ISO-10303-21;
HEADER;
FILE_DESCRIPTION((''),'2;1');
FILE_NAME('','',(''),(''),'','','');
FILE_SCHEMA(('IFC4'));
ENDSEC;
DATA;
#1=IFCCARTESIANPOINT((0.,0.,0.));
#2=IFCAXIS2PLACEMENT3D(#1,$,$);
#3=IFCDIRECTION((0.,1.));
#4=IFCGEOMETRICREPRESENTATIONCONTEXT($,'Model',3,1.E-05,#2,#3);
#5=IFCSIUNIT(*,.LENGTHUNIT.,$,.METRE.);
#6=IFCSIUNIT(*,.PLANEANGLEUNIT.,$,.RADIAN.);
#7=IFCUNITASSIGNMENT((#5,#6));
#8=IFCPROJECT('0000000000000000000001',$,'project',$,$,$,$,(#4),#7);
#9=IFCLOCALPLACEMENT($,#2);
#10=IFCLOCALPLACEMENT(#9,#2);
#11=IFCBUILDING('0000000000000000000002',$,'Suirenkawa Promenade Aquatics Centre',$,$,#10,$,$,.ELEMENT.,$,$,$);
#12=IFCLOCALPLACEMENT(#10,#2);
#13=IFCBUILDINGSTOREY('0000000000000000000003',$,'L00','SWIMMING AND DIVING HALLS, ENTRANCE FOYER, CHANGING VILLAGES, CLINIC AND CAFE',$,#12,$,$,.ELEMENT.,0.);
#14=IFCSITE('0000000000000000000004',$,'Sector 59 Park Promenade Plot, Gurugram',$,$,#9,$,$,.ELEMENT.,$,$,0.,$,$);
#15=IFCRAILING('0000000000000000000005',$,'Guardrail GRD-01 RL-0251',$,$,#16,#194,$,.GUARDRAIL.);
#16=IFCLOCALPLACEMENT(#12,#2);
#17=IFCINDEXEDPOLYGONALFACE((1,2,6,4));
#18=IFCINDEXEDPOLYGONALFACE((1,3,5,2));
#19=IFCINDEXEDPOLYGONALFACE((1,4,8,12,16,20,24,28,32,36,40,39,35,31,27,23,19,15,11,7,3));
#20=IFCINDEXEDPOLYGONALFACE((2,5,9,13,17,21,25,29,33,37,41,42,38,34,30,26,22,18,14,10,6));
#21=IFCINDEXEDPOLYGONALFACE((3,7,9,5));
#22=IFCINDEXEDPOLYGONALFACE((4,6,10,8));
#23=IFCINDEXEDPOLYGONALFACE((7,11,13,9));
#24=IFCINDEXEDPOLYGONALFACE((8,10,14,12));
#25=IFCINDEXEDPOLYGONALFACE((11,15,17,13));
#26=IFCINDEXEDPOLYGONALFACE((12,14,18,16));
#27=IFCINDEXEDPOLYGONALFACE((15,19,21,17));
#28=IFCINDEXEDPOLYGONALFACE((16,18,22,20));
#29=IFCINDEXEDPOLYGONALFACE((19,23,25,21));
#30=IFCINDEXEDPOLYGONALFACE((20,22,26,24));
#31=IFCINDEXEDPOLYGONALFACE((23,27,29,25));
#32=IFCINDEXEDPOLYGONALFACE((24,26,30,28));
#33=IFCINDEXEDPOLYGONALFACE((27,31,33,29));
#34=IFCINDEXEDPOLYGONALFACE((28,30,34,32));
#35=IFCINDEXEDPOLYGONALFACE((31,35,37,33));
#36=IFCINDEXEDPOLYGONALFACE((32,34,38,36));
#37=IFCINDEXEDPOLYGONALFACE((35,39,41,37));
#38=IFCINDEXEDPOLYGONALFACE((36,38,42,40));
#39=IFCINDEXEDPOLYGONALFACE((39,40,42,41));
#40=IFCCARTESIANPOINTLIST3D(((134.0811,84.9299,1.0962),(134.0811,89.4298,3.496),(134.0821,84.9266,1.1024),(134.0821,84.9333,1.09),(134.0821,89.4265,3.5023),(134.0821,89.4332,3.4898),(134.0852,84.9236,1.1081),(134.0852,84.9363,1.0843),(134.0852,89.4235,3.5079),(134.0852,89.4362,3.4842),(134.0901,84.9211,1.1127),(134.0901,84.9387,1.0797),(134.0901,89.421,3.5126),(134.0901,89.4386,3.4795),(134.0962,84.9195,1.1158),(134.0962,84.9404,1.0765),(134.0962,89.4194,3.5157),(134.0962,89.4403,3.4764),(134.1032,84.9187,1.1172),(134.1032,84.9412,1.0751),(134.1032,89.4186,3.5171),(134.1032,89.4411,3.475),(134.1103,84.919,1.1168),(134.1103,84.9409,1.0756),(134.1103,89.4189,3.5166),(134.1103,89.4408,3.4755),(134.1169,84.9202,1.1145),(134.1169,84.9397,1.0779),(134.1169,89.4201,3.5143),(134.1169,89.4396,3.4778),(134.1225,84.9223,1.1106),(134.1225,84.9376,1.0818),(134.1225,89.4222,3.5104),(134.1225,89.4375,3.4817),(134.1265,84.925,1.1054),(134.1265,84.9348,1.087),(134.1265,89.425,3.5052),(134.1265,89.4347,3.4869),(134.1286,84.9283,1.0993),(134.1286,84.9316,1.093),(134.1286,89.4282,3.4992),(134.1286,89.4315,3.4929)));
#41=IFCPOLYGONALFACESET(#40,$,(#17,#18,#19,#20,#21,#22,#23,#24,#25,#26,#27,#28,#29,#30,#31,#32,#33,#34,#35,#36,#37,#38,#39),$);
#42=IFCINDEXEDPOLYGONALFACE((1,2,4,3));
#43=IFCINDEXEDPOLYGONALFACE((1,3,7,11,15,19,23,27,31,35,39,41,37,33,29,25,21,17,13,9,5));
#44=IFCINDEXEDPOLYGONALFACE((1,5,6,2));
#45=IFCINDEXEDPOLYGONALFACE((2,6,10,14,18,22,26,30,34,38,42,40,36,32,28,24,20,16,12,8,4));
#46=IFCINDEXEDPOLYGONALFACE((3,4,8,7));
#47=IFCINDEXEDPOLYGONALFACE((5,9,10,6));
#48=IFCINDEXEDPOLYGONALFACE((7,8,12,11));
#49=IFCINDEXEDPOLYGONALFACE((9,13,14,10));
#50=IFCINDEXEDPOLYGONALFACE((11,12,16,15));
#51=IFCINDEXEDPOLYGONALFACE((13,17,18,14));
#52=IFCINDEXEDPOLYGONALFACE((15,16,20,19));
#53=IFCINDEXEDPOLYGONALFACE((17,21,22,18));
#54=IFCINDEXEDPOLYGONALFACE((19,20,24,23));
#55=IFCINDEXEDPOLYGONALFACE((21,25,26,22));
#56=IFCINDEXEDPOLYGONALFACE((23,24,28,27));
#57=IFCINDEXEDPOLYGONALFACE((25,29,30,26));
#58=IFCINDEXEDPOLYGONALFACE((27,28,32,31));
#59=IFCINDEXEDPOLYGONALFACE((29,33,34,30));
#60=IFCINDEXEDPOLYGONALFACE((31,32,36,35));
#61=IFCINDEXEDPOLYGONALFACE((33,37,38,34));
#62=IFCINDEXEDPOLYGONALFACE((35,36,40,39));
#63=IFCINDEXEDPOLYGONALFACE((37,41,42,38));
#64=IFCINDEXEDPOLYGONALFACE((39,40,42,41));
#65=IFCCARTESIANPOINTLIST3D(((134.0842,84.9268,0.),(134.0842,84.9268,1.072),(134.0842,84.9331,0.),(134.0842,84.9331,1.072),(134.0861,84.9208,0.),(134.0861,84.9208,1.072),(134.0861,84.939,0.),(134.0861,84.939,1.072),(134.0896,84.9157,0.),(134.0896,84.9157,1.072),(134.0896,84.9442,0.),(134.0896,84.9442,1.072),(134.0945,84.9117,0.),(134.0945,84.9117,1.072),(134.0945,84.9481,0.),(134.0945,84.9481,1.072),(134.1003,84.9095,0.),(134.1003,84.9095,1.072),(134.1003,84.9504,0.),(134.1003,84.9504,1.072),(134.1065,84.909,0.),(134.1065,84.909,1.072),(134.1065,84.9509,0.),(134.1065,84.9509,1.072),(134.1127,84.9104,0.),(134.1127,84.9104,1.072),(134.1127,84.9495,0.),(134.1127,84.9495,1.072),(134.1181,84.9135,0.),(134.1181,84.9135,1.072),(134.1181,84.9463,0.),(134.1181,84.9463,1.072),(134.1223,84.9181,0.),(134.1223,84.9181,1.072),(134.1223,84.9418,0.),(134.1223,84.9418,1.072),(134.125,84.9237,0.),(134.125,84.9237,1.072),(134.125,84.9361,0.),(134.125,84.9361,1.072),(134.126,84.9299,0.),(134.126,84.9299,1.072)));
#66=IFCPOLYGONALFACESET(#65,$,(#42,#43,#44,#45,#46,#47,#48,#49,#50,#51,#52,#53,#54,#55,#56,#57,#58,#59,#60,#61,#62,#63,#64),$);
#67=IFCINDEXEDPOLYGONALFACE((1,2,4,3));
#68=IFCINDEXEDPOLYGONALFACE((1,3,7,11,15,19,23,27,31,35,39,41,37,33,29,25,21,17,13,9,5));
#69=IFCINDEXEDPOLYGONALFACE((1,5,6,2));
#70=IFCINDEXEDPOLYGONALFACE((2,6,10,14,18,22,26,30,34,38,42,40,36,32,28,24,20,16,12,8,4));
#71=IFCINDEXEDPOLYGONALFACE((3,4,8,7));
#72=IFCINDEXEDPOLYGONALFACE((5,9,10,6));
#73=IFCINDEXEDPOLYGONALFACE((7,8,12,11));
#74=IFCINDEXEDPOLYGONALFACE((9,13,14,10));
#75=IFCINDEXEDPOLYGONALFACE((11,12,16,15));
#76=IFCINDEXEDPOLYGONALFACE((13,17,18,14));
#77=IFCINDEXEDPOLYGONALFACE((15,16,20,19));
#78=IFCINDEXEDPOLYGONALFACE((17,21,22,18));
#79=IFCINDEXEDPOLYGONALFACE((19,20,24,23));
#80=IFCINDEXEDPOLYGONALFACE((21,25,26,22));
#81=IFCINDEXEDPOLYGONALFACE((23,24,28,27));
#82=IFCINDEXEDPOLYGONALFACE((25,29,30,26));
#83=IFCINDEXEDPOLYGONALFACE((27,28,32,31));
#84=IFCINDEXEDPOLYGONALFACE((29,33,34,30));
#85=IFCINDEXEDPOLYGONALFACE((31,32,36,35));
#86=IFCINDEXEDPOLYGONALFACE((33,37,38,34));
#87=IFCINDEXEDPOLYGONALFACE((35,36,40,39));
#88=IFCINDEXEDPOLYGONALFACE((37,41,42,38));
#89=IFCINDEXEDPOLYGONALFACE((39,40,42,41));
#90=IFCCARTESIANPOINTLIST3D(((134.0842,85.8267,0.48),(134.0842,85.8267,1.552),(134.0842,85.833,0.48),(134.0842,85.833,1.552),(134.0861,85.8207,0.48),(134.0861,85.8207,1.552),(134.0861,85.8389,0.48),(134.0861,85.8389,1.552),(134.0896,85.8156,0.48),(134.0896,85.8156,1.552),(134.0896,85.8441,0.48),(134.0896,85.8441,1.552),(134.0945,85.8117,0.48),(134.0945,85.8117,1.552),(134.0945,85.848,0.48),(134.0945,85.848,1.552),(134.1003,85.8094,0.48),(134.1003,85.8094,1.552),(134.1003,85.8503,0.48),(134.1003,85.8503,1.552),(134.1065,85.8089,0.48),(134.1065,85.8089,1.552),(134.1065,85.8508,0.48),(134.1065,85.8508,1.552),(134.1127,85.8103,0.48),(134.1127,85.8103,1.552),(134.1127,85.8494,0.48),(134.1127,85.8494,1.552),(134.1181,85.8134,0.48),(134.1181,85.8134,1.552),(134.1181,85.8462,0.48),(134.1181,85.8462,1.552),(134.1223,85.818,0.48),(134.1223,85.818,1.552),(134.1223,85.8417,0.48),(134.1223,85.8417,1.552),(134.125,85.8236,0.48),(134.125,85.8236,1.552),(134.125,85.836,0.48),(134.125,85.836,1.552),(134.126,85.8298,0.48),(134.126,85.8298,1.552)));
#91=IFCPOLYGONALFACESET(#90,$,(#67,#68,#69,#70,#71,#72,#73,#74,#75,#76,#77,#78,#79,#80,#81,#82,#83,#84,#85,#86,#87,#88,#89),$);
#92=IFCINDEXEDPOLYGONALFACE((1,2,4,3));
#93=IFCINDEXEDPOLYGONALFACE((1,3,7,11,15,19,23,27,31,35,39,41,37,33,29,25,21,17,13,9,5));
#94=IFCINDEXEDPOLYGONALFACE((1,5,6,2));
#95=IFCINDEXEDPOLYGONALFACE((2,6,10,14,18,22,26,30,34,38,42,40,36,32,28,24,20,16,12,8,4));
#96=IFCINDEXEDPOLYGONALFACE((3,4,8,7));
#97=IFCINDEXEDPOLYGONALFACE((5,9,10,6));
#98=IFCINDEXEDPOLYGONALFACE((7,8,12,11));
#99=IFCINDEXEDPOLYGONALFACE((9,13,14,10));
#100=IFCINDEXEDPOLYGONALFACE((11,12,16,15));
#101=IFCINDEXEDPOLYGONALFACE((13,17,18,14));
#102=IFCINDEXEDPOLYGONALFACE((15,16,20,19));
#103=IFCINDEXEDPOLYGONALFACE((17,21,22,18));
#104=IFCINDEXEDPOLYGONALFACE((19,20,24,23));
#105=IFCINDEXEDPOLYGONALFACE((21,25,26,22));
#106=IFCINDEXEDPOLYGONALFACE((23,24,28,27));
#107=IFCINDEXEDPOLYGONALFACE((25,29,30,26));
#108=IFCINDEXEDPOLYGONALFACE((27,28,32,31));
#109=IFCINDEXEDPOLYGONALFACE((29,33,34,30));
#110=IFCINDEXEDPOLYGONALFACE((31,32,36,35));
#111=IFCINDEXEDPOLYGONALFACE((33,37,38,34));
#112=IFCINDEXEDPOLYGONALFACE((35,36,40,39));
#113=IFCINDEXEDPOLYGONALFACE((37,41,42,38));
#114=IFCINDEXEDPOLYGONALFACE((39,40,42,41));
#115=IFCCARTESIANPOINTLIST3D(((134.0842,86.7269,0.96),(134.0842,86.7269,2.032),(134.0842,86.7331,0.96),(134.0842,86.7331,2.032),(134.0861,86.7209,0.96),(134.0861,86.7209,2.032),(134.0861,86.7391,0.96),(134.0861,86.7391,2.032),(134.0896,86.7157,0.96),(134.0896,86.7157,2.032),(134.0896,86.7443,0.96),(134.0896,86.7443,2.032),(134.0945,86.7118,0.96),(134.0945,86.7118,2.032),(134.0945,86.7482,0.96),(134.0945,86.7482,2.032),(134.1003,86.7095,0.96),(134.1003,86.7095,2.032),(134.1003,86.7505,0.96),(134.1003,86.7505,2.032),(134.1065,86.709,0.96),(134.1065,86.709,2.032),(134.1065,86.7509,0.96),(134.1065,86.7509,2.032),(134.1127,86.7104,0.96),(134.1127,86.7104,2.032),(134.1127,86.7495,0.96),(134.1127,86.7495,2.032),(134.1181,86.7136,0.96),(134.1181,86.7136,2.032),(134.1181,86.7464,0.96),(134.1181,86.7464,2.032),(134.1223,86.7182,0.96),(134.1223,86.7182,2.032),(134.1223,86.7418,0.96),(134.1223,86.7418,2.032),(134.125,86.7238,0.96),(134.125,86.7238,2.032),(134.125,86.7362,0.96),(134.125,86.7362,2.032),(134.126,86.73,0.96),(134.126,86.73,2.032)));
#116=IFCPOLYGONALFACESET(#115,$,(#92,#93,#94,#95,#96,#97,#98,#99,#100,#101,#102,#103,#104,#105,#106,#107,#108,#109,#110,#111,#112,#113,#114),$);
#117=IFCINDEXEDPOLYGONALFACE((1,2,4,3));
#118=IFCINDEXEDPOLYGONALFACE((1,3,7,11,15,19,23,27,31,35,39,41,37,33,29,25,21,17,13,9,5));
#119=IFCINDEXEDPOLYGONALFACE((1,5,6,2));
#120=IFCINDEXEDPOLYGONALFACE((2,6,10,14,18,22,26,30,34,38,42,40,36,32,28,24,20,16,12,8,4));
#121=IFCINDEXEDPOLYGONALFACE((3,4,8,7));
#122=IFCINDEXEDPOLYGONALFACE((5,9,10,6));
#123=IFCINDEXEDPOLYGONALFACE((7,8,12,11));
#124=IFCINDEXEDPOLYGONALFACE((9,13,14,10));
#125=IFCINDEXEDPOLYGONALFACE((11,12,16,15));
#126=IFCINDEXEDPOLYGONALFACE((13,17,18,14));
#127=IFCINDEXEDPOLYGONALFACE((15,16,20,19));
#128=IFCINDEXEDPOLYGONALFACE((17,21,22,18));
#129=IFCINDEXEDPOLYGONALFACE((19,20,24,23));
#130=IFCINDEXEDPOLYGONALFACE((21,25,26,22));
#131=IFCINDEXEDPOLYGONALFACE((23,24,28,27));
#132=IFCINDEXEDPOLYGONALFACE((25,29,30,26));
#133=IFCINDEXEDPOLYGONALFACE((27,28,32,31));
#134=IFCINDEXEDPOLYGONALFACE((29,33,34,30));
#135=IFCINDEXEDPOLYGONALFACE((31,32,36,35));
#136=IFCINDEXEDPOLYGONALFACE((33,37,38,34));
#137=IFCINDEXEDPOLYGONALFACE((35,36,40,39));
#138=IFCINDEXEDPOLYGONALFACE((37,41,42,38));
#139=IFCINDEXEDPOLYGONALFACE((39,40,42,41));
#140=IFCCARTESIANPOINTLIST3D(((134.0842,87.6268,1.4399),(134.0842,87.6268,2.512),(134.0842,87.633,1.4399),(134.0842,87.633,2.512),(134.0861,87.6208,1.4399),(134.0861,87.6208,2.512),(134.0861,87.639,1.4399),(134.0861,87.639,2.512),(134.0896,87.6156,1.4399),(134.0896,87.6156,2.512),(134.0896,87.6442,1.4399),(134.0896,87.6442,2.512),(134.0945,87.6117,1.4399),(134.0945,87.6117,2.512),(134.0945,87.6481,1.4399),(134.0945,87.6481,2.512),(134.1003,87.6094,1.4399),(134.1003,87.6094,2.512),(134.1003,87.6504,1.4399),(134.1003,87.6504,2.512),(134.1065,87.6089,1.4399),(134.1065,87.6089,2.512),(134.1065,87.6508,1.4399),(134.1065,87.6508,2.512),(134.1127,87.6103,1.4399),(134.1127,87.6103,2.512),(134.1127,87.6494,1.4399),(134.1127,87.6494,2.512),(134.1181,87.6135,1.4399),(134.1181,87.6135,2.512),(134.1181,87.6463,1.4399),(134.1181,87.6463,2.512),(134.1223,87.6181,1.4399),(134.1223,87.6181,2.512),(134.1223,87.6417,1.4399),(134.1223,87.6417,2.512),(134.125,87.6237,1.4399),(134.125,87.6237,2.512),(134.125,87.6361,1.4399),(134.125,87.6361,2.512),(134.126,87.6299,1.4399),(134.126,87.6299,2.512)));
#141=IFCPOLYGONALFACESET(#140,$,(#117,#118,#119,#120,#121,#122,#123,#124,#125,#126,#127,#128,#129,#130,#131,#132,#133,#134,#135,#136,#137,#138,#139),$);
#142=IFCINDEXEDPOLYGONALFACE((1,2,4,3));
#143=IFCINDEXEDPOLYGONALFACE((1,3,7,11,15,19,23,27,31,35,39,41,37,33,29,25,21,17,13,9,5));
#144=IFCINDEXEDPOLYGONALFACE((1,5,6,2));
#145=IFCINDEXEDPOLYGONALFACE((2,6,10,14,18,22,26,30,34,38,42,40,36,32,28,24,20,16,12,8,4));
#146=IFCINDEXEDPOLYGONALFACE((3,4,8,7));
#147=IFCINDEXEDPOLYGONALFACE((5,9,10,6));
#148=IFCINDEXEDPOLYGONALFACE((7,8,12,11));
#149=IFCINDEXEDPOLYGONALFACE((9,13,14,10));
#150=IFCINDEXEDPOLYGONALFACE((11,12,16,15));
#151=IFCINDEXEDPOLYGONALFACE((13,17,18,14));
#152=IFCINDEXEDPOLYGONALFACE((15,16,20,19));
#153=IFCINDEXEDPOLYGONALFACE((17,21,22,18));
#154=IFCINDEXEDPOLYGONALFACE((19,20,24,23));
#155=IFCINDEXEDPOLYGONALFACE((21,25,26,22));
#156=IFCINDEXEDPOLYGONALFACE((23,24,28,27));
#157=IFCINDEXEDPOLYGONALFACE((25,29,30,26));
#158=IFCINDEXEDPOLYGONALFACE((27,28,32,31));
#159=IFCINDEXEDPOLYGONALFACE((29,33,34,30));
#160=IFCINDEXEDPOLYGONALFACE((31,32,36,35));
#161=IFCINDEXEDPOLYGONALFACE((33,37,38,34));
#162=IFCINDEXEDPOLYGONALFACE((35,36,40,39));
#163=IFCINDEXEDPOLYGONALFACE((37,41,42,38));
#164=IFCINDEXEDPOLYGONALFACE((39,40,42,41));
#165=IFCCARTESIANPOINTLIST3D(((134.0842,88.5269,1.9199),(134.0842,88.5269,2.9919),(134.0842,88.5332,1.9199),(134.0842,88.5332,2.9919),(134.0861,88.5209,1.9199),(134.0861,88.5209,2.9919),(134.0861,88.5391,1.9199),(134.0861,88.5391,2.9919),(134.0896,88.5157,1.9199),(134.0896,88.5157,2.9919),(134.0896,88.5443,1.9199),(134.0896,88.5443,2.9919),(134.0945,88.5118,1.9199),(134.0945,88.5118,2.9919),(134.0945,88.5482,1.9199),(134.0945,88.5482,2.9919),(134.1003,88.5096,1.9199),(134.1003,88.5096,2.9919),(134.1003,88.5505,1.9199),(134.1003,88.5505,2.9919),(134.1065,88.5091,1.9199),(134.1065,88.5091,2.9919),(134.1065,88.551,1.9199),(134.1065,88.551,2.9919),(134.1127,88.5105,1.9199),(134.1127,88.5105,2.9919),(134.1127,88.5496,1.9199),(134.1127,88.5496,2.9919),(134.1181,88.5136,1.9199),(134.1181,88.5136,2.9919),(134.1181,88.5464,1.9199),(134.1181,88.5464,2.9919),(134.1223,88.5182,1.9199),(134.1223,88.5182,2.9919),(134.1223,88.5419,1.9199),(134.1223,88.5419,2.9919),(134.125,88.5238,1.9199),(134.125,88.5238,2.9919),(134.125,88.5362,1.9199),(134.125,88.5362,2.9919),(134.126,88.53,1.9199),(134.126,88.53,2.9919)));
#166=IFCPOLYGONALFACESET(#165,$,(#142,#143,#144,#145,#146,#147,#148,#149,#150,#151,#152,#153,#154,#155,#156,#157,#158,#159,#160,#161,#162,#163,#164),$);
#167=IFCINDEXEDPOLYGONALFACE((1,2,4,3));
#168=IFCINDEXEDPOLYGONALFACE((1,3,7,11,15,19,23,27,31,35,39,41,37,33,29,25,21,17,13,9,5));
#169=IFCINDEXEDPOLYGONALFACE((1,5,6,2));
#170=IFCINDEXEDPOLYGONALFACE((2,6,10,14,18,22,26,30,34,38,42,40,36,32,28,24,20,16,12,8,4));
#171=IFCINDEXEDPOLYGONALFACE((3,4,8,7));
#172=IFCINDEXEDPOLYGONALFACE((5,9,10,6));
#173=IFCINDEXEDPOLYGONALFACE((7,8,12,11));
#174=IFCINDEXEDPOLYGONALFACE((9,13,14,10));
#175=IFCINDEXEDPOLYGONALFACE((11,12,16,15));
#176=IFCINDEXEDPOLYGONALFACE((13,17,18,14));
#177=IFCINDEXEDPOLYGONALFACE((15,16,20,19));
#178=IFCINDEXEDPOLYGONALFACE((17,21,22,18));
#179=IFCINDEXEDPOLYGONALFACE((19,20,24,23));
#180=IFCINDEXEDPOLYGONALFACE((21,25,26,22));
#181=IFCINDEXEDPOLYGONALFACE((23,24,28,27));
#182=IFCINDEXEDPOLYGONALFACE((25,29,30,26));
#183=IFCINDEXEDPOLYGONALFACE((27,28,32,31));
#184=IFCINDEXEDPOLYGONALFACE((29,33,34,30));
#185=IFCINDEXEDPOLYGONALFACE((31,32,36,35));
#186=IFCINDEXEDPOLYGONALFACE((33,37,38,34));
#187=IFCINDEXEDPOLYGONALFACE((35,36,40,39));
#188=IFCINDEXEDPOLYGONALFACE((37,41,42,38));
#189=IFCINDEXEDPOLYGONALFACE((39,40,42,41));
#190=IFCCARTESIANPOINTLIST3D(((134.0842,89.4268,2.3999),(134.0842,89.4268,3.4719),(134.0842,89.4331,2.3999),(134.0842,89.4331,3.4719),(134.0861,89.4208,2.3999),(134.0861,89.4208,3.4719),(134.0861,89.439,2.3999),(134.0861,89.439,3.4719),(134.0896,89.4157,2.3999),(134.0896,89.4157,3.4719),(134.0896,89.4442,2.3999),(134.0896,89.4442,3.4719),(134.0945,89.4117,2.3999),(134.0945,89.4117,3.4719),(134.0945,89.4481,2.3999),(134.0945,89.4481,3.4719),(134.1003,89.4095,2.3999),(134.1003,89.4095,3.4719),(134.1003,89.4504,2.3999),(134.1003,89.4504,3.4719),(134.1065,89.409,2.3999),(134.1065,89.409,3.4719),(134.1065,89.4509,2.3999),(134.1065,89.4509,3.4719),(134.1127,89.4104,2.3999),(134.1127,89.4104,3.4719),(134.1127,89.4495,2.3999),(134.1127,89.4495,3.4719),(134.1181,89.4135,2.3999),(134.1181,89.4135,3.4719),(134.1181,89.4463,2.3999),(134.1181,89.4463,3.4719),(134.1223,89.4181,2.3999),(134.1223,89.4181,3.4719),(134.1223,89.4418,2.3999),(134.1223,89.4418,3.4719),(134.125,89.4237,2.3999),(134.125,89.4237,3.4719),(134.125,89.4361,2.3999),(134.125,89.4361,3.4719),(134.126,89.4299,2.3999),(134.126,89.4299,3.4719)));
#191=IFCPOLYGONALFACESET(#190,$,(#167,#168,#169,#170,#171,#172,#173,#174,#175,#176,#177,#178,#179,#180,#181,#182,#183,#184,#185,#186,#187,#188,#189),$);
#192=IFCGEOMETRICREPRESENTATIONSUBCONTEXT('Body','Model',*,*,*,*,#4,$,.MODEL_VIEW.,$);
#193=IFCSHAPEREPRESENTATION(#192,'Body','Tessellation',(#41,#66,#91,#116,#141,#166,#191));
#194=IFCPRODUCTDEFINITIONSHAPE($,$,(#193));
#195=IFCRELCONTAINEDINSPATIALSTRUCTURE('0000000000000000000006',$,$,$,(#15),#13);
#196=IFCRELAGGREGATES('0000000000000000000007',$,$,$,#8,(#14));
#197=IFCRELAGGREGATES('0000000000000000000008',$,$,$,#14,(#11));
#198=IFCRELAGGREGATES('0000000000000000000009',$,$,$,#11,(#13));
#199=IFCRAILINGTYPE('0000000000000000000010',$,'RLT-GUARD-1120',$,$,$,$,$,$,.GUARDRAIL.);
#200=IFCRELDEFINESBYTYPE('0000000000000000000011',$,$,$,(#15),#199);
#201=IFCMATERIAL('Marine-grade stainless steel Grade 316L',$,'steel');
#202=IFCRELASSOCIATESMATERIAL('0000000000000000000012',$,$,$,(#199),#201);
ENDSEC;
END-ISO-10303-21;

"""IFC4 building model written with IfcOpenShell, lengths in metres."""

from ifc_helpers import new_model, si_unit, direction, frame, origin, origin_2d, place, context, subcontext, project, spatial, circle, extrude, material, type_object, element, save


model = new_model("IFC4")

# Units and contexts
model_context = context("Model", 3, precision=1e-05, world=origin(), true_north=direction((0.0, 1.0)))
body_context = subcontext(model_context, "Body", "Model", "MODEL_VIEW")
ifc_project = project(units=[si_unit("LENGTHUNIT", "METRE"), si_unit("PLANEANGLEUNIT", "RADIAN")], contexts=[model_context])

# Site, building, storey
site_placement = place(None, origin())
site = spatial("IfcSite", under=ifc_project, at=site_placement, Name="Sector 59 Park Promenade Plot, Gurugram", CompositionType="ELEMENT", RefElevation=0.0)
building_placement = place(site_placement, origin())
building = spatial("IfcBuilding", under=site, at=building_placement, Name="Suirenkawa Promenade Aquatics Centre", CompositionType="ELEMENT")
storey_placement = place(building_placement, origin())
storey = spatial("IfcBuildingStorey", under=building, at=storey_placement, Name="L00", Description="SWIMMING AND DIVING HALLS, ENTRANCE FOYER, CHANGING VILLAGES, CLINIC AND CAFE", CompositionType="ELEMENT", Elevation=0.0)

# Railing
ifc_material_1 = material(Name="Marine-grade stainless steel Grade 316L", Category="steel")
railing_type_1 = type_object("IfcRailingType", Name="RLT-GUARD-1120", PredefinedType="GUARDRAIL", material=ifc_material_1)
for number, where, name in (
    (1, (134.105, 84.9299, 0.0), "Guardrail GRD-01 RL-0251"),
):
    element("IfcRailing", number, at=place(storey_placement, frame(where)), inside=storey, type_object=railing_type_1, Name=name, PredefinedType="GUARDRAIL", context=body_context, shape_type="SweptSolid", body=[
        extrude(circle(Radius=0.0239, at=origin_2d()), frame((0.0, 0.0, 1.0962), z_axis=(0.0, 0.882361, 0.470573), x_axis=(-1.0, 0.0, 0.0)), (0.0, 0.0, 1.0), 5.0999),
        extrude(circle(Radius=0.021, at=origin_2d()), origin(), (0.0, 0.0, 1.0), 1.072),
        extrude(circle(Radius=0.021, at=origin_2d()), frame((0.0, 0.8999, 0.48)), (0.0, 0.0, 1.0), 1.072),
        extrude(circle(Radius=0.021, at=origin_2d()), frame((0.0, 1.8, 0.96)), (0.0, 0.0, 1.0), 1.072),
        extrude(circle(Radius=0.021, at=origin_2d()), frame((0.0, 2.7, 1.4399)), (0.0, 0.0, 1.0), 1.072),
        extrude(circle(Radius=0.021, at=origin_2d()), frame((0.0, 3.6001, 1.9199)), (0.0, 0.0, 1.0), 1.072),
        extrude(circle(Radius=0.021, at=origin_2d()), frame((0.0, 4.5, 2.3999)), (0.0, 0.0, 1.0), 1.072),
    ])

save(model, "model.ifc")
